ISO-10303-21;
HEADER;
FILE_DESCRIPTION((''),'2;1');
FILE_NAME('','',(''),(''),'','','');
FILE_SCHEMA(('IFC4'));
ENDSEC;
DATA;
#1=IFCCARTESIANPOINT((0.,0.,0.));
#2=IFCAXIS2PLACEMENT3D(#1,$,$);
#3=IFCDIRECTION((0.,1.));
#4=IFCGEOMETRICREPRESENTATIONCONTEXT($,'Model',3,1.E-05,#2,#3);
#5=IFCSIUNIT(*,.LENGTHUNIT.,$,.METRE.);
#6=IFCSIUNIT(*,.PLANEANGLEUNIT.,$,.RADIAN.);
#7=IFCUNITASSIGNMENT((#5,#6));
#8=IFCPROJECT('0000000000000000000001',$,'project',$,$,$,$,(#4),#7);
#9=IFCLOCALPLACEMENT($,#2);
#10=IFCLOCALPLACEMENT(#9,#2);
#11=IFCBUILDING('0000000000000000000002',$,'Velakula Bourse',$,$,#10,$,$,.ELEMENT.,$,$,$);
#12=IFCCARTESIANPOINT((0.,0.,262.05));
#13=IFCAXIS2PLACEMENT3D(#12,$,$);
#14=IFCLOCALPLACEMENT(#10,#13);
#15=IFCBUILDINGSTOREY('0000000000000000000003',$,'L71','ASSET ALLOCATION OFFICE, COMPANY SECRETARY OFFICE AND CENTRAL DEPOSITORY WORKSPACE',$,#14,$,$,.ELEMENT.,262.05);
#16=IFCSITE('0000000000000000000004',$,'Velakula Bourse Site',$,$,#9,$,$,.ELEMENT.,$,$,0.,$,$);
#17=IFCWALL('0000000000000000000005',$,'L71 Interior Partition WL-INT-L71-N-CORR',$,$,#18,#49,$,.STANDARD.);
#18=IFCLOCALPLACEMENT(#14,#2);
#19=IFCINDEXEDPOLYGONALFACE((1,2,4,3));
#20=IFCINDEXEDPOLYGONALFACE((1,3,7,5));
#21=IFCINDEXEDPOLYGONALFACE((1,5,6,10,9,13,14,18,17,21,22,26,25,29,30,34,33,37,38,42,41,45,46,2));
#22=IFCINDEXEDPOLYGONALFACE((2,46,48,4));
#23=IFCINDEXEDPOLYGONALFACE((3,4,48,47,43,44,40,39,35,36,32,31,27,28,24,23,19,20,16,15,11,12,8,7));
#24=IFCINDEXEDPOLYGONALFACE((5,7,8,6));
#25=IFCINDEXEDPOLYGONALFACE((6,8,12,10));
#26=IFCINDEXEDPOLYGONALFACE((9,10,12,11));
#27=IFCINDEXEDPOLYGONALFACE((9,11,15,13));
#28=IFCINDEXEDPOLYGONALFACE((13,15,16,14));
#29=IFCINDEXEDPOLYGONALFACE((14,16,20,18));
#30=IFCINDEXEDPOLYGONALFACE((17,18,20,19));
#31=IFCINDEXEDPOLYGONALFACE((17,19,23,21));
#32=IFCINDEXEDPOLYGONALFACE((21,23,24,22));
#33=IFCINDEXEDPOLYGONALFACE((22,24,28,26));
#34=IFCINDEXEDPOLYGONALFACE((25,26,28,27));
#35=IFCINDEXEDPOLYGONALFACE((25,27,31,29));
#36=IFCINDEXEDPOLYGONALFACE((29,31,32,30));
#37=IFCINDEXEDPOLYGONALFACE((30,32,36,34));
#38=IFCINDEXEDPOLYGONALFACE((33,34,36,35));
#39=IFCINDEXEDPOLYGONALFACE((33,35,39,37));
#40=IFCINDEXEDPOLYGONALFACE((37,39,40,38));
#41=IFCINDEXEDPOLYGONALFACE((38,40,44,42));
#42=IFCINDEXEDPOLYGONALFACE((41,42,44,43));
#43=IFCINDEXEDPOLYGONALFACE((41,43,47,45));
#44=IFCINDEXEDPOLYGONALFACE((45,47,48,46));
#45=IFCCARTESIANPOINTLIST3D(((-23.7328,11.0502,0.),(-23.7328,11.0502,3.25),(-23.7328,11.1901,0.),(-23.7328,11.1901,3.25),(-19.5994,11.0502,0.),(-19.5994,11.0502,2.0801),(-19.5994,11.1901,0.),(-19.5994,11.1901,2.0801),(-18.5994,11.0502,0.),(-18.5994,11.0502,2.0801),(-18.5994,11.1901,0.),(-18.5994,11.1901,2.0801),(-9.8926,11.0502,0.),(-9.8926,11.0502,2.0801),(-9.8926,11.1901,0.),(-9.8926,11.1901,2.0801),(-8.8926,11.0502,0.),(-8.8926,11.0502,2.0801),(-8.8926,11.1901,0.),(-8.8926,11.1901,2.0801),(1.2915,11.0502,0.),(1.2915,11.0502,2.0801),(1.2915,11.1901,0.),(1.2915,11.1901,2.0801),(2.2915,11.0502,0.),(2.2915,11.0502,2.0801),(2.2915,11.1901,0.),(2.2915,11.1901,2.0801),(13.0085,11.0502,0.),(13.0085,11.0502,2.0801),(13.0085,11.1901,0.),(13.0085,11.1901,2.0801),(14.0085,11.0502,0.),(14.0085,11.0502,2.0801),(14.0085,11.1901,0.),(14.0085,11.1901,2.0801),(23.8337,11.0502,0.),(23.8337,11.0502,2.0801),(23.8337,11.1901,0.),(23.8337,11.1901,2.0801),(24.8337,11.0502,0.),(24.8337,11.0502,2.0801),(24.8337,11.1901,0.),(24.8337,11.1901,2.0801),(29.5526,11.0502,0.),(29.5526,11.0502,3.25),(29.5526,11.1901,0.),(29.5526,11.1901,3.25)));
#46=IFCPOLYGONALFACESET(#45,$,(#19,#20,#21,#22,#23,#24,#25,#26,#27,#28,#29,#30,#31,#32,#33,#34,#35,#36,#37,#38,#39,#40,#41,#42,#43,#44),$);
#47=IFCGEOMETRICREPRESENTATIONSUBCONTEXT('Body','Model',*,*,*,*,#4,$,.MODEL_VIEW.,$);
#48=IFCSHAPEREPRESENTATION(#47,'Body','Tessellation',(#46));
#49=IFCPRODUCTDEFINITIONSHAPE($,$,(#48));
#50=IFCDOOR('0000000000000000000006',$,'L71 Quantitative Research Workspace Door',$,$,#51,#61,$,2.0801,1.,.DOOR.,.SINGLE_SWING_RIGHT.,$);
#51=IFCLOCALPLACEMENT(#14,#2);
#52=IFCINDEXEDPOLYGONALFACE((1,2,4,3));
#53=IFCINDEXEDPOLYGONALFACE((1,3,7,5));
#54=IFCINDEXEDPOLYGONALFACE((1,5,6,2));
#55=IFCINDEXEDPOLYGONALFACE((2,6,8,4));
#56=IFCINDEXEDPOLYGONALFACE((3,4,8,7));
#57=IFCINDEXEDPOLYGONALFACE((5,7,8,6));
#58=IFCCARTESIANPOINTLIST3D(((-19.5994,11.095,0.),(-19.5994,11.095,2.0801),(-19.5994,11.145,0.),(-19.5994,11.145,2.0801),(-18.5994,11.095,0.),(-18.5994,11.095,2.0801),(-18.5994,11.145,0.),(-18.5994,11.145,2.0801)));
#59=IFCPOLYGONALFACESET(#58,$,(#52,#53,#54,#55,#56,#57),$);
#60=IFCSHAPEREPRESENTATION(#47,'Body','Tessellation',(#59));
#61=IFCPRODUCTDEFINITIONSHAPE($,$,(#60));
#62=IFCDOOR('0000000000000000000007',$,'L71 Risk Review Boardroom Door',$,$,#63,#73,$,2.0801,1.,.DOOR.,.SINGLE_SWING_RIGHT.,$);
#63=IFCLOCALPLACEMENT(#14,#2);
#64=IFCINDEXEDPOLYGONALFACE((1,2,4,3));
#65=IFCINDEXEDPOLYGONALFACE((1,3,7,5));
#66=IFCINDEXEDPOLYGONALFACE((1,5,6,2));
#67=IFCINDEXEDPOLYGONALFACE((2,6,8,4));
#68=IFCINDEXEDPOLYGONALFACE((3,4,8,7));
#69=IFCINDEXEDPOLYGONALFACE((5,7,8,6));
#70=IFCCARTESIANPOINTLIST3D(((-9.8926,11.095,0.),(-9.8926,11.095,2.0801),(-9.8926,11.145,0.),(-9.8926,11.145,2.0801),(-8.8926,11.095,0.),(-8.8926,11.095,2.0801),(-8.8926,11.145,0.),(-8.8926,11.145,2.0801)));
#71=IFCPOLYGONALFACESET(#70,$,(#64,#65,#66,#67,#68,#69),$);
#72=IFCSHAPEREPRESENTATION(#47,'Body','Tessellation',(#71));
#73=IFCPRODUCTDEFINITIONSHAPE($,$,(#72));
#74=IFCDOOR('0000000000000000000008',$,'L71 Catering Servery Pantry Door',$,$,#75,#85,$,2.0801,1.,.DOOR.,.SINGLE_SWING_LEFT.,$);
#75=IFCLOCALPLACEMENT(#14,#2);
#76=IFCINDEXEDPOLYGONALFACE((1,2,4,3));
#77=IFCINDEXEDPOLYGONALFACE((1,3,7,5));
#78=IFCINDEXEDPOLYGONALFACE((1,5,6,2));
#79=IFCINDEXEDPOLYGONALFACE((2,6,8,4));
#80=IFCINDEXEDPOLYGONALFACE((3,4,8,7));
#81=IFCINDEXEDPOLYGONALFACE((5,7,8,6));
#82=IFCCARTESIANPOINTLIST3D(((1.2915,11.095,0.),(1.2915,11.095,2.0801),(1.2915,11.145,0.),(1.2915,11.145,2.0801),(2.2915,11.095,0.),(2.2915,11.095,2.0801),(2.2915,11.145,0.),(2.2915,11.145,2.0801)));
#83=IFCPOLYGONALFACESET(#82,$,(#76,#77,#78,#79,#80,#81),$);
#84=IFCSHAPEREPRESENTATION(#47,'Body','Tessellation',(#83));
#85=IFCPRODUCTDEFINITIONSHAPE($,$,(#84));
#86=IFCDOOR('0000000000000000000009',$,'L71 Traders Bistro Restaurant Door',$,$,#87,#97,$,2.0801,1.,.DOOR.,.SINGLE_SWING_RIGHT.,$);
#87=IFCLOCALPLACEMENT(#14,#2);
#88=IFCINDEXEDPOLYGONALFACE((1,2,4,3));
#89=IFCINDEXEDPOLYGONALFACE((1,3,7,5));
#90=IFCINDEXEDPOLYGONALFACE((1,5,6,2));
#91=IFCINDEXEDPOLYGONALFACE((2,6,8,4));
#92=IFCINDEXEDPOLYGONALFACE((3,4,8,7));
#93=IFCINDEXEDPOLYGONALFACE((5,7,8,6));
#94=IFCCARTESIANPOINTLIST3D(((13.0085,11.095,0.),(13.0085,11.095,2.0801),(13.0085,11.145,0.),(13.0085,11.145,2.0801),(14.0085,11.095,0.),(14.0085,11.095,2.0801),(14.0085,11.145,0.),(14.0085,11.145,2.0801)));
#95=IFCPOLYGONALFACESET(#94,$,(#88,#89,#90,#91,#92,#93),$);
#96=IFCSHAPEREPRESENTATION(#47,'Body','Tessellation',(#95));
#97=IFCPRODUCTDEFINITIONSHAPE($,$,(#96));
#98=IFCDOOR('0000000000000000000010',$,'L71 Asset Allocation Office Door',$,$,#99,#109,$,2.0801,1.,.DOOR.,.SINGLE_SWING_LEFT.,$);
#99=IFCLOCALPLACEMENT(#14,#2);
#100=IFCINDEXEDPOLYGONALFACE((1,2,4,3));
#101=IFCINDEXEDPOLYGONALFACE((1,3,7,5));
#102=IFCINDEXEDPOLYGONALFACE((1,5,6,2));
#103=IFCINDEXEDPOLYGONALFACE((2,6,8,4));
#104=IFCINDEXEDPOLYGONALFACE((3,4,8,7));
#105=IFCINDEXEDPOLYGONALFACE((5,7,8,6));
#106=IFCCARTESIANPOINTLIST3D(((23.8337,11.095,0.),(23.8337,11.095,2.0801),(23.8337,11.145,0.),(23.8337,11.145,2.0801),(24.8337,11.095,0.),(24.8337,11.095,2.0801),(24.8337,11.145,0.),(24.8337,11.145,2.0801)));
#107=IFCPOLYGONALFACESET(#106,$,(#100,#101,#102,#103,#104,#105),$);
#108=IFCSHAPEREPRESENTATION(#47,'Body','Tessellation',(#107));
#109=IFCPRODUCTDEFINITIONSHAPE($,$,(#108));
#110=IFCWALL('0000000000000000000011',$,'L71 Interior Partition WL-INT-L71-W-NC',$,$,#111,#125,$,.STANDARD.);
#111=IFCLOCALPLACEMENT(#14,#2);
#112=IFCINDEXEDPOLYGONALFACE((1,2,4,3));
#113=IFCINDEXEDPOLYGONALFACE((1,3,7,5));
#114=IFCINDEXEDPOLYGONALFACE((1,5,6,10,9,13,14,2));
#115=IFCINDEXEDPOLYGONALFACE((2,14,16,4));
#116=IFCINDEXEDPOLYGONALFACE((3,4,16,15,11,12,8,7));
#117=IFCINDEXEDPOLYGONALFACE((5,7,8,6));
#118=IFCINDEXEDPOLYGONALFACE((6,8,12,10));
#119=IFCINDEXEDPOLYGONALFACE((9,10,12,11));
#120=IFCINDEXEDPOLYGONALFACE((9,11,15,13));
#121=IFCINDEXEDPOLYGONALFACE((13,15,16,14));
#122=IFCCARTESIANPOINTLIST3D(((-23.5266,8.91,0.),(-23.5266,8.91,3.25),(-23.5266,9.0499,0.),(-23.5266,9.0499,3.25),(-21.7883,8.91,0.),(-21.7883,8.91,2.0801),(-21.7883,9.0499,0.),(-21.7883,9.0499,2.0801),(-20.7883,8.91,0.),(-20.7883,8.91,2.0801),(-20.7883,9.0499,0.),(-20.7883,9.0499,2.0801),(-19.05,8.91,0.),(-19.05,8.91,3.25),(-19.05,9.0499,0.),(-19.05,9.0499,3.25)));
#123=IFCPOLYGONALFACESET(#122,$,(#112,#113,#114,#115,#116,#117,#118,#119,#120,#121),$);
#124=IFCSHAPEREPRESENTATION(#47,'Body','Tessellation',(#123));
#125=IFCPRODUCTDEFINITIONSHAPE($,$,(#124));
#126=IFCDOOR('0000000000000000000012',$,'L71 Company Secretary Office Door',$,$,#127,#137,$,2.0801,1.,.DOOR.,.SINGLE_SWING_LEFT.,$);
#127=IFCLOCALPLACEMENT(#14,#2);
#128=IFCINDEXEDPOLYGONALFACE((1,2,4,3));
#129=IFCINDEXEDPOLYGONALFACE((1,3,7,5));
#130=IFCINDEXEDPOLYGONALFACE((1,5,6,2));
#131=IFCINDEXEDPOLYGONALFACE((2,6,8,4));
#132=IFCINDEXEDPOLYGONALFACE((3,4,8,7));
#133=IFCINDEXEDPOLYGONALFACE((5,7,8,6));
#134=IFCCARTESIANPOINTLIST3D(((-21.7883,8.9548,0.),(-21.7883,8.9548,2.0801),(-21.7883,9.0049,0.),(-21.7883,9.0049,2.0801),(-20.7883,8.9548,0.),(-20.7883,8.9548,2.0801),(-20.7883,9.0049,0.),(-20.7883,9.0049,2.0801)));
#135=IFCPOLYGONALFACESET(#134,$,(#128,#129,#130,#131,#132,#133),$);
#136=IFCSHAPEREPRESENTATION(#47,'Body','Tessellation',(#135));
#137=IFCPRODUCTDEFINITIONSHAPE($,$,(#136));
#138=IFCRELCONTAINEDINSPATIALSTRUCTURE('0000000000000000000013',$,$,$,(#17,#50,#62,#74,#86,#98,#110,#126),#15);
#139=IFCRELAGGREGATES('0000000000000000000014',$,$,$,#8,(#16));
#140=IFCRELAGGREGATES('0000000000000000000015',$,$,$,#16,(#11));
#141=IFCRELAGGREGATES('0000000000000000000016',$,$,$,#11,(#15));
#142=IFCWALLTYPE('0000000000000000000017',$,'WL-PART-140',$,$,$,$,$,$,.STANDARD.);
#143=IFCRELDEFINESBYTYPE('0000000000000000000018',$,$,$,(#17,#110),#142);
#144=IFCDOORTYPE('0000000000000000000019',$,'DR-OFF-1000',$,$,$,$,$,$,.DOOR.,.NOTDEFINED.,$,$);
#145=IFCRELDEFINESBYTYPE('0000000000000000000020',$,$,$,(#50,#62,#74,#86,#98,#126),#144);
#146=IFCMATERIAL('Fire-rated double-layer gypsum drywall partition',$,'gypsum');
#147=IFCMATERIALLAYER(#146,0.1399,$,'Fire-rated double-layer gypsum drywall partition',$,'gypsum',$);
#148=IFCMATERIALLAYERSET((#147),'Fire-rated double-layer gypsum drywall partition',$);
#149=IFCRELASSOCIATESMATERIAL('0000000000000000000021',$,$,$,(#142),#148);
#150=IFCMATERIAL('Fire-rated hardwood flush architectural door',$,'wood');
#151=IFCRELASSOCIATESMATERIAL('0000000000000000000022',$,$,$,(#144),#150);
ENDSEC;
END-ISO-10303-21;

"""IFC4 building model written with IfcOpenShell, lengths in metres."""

from ifc_helpers import new_model, si_unit, direction, frame, frame_2d, origin, place, context, subcontext, project, spatial, rectangle, extrude, material, layer, layer_set, type_object, element, fill, save


model = new_model("IFC4")

# Units and contexts
model_context = context("Model", 3, precision=1e-05, world=origin(), true_north=direction((0.0, 1.0)))
body_context = subcontext(model_context, "Body", "Model", "MODEL_VIEW")
ifc_project = project(units=[si_unit("LENGTHUNIT", "METRE"), si_unit("PLANEANGLEUNIT", "RADIAN")], contexts=[model_context])

# Site, building, storey
site_placement = place(None, origin())
site = spatial("IfcSite", under=ifc_project, at=site_placement, Name="Velakula Bourse Site", CompositionType="ELEMENT", RefElevation=0.0)
building_placement = place(site_placement, origin())
building = spatial("IfcBuilding", under=site, at=building_placement, Name="Velakula Bourse", CompositionType="ELEMENT")
storey_placement = place(building_placement, frame((0.0, 0.0, 262.05)))
storey = spatial("IfcBuildingStorey", under=building, at=storey_placement, Name="L71", Description="ASSET ALLOCATION OFFICE, COMPANY SECRETARY OFFICE AND CENTRAL DEPOSITORY WORKSPACE", CompositionType="ELEMENT", Elevation=262.05)

# Shared definitions
ifc_material_1 = material(Name="Fire-rated hardwood flush architectural door", Category="wood")

# Wall, openings, doors
ifc_material_2 = material(Name="Fire-rated double-layer gypsum drywall partition", Category="gypsum")
ifc_layer_1 = layer(ifc_material_2, 0.1399, Name="Fire-rated double-layer gypsum drywall partition", Category="gypsum")
ifc_layer_set_1 = layer_set([ifc_layer_1], Name="Fire-rated double-layer gypsum drywall partition")
wall_type_1 = type_object("IfcWallType", Name="WL-PART-140", PredefinedType="STANDARD", material=ifc_layer_set_1)
wall_1_placement = place(storey_placement, frame((-23.7327, 11.1201, 0.0), z_axis=(0.0, 0.0, 1.0), x_axis=(1.0, 0.0, 0.0)))
wall_1 = element("IfcWall", 1, at=wall_1_placement, inside=storey, type_object=wall_type_1, Name="L71 Interior Partition WL-INT-L71-N-CORR", PredefinedType="STANDARD", context=body_context, shape_type="SweptSolid", body=[
    extrude(rectangle(XDim=53.2854, YDim=0.1399, at=frame_2d((26.6426, 0.0))), origin(), (0.0, 0.0, 1.0), 3.25),
])
opening_1_placement = place(wall_1_placement, frame((4.1333, 0.0, 0.0)))
opening_1 = element("IfcOpeningElement", 2, at=opening_1_placement, cuts=wall_1, PredefinedType="OPENING", context=body_context, shape_type="SweptSolid", body=[
    extrude(rectangle(XDim=1.0, YDim=2.0801, at=frame_2d((0.5, 1.04))), frame((0.0, 0.0798, 0.0), z_axis=(0.0, -1.0, 0.0), x_axis=(1.0, 0.0, 0.0)), (0.0, 0.0, 1.0), 0.1599),
])
opening_2_placement = place(wall_1_placement, frame((13.8401, 0.0, 0.0)))
opening_2 = element("IfcOpeningElement", 3, at=opening_2_placement, cuts=wall_1, PredefinedType="OPENING", context=body_context, shape_type="SweptSolid", body=[
    extrude(rectangle(XDim=1.0, YDim=2.0801, at=frame_2d((0.5, 1.04))), frame((0.0, 0.0798, 0.0), z_axis=(0.0, -1.0, 0.0), x_axis=(1.0, 0.0, 0.0)), (0.0, 0.0, 1.0), 0.1599),
])
opening_3_placement = place(wall_1_placement, frame((25.0242, 0.0, 0.0)))
opening_3 = element("IfcOpeningElement", 4, at=opening_3_placement, cuts=wall_1, PredefinedType="OPENING", context=body_context, shape_type="SweptSolid", body=[
    extrude(rectangle(XDim=1.0, YDim=2.0801, at=frame_2d((0.5, 1.04))), frame((0.0, 0.0798, 0.0), z_axis=(0.0, -1.0, 0.0), x_axis=(1.0, 0.0, 0.0)), (0.0, 0.0, 1.0), 0.1599),
])
opening_4_placement = place(wall_1_placement, frame((36.7412, 0.0, 0.0)))
opening_4 = element("IfcOpeningElement", 5, at=opening_4_placement, cuts=wall_1, PredefinedType="OPENING", context=body_context, shape_type="SweptSolid", body=[
    extrude(rectangle(XDim=1.0, YDim=2.0801, at=frame_2d((0.5, 1.04))), frame((0.0, 0.0798, 0.0), z_axis=(0.0, -1.0, 0.0), x_axis=(1.0, 0.0, 0.0)), (0.0, 0.0, 1.0), 0.1599),
])
opening_5_placement = place(wall_1_placement, frame((47.5664, 0.0, 0.0)))
opening_5 = element("IfcOpeningElement", 6, at=opening_5_placement, cuts=wall_1, PredefinedType="OPENING", context=body_context, shape_type="SweptSolid", body=[
    extrude(rectangle(XDim=1.0, YDim=2.0801, at=frame_2d((0.5, 1.04))), frame((0.0, 0.0798, 0.0), z_axis=(0.0, -1.0, 0.0), x_axis=(1.0, 0.0, 0.0)), (0.0, 0.0, 1.0), 0.1599),
])
door_type_1 = type_object("IfcDoorType", Name="DR-OFF-1000", OperationType="NOTDEFINED", PredefinedType="DOOR", material=ifc_material_1)
door_1_placement = place(opening_1_placement, origin())
door_1 = element("IfcDoor", 7, at=door_1_placement, inside=storey, type_object=door_type_1, Name="L71 Quantitative Research Workspace Door", OperationType="SINGLE_SWING_RIGHT", OverallHeight=2.0801, OverallWidth=1.0, PredefinedType="DOOR", context=body_context, shape_type="SweptSolid", body=[
    extrude(rectangle(XDim=1.0, YDim=2.0801, at=frame_2d((0.5, 1.04))), frame((0.0, 0.0249, 0.0), z_axis=(0.0, -1.0, 0.0), x_axis=(1.0, 0.0, 0.0)), (0.0, 0.0, 1.0), 0.05),
])
fill(opening_1, door_1)
door_2_placement = place(opening_2_placement, origin())
door_2 = element("IfcDoor", 8, at=door_2_placement, inside=storey, type_object=door_type_1, Name="L71 Risk Review Boardroom Door", OperationType="SINGLE_SWING_RIGHT", OverallHeight=2.0801, OverallWidth=1.0, PredefinedType="DOOR", context=body_context, shape_type="SweptSolid", body=[
    extrude(rectangle(XDim=1.0, YDim=2.0801, at=frame_2d((0.5, 1.04))), frame((0.0, 0.0249, 0.0), z_axis=(0.0, -1.0, 0.0), x_axis=(1.0, 0.0, 0.0)), (0.0, 0.0, 1.0), 0.05),
])
fill(opening_2, door_2)
door_3_placement = place(opening_3_placement, origin())
door_3 = element("IfcDoor", 9, at=door_3_placement, inside=storey, type_object=door_type_1, Name="L71 Catering Servery Pantry Door", OperationType="SINGLE_SWING_LEFT", OverallHeight=2.0801, OverallWidth=1.0, PredefinedType="DOOR", context=body_context, shape_type="SweptSolid", body=[
    extrude(rectangle(XDim=1.0, YDim=2.0801, at=frame_2d((0.5, 1.04))), frame((0.0, 0.0249, 0.0), z_axis=(0.0, -1.0, 0.0), x_axis=(1.0, 0.0, 0.0)), (0.0, 0.0, 1.0), 0.05),
])
fill(opening_3, door_3)
door_4_placement = place(opening_4_placement, origin())
door_4 = element("IfcDoor", 10, at=door_4_placement, inside=storey, type_object=door_type_1, Name="L71 Traders Bistro Restaurant Door", OperationType="SINGLE_SWING_RIGHT", OverallHeight=2.0801, OverallWidth=1.0, PredefinedType="DOOR", context=body_context, shape_type="SweptSolid", body=[
    extrude(rectangle(XDim=1.0, YDim=2.0801, at=frame_2d((0.5, 1.04))), frame((0.0, 0.0249, 0.0), z_axis=(0.0, -1.0, 0.0), x_axis=(1.0, 0.0, 0.0)), (0.0, 0.0, 1.0), 0.05),
])
fill(opening_4, door_4)
door_5_placement = place(opening_5_placement, origin())
door_5 = element("IfcDoor", 11, at=door_5_placement, inside=storey, type_object=door_type_1, Name="L71 Asset Allocation Office Door", OperationType="SINGLE_SWING_LEFT", OverallHeight=2.0801, OverallWidth=1.0, PredefinedType="DOOR", context=body_context, shape_type="SweptSolid", body=[
    extrude(rectangle(XDim=1.0, YDim=2.0801, at=frame_2d((0.5, 1.04))), frame((0.0, 0.0249, 0.0), z_axis=(0.0, -1.0, 0.0), x_axis=(1.0, 0.0, 0.0)), (0.0, 0.0, 1.0), 0.05),
])
fill(opening_5, door_5)

# Wall, opening, door
wall_2_placement = place(storey_placement, frame((-23.5266, 8.98, 0.0), z_axis=(0.0, 0.0, 1.0), x_axis=(1.0, 0.0, 0.0)))
wall_2 = element("IfcWall", 12, at=wall_2_placement, inside=storey, type_object=wall_type_1, Name="L71 Interior Partition WL-INT-L71-W-NC", PredefinedType="STANDARD", context=body_context, shape_type="SweptSolid", body=[
    extrude(rectangle(XDim=4.4766, YDim=0.1399, at=frame_2d((2.2383, 0.0))), origin(), (0.0, 0.0, 1.0), 3.25),
])
opening_6_placement = place(wall_2_placement, frame((1.7383, 0.0, 0.0)))
opening_6 = element("IfcOpeningElement", 13, at=opening_6_placement, cuts=wall_2, PredefinedType="OPENING", context=body_context, shape_type="SweptSolid", body=[
    extrude(rectangle(XDim=1.0, YDim=2.0801, at=frame_2d((0.5, 1.04))), frame((0.0, 0.0798, 0.0), z_axis=(0.0, -1.0, 0.0), x_axis=(1.0, 0.0, 0.0)), (0.0, 0.0, 1.0), 0.1599),
])
door_6_placement = place(opening_6_placement, origin())
door_6 = element("IfcDoor", 14, at=door_6_placement, inside=storey, type_object=door_type_1, Name="L71 Company Secretary Office Door", OperationType="SINGLE_SWING_LEFT", OverallHeight=2.0801, OverallWidth=1.0, PredefinedType="DOOR", context=body_context, shape_type="SweptSolid", body=[
    extrude(rectangle(XDim=1.0, YDim=2.0801, at=frame_2d((0.5, 1.04))), frame((0.0, 0.0249, 0.0), z_axis=(0.0, -1.0, 0.0), x_axis=(1.0, 0.0, 0.0)), (0.0, 0.0, 1.0), 0.05),
])
fill(opening_6, door_6)

save(model, "model.ifc")
